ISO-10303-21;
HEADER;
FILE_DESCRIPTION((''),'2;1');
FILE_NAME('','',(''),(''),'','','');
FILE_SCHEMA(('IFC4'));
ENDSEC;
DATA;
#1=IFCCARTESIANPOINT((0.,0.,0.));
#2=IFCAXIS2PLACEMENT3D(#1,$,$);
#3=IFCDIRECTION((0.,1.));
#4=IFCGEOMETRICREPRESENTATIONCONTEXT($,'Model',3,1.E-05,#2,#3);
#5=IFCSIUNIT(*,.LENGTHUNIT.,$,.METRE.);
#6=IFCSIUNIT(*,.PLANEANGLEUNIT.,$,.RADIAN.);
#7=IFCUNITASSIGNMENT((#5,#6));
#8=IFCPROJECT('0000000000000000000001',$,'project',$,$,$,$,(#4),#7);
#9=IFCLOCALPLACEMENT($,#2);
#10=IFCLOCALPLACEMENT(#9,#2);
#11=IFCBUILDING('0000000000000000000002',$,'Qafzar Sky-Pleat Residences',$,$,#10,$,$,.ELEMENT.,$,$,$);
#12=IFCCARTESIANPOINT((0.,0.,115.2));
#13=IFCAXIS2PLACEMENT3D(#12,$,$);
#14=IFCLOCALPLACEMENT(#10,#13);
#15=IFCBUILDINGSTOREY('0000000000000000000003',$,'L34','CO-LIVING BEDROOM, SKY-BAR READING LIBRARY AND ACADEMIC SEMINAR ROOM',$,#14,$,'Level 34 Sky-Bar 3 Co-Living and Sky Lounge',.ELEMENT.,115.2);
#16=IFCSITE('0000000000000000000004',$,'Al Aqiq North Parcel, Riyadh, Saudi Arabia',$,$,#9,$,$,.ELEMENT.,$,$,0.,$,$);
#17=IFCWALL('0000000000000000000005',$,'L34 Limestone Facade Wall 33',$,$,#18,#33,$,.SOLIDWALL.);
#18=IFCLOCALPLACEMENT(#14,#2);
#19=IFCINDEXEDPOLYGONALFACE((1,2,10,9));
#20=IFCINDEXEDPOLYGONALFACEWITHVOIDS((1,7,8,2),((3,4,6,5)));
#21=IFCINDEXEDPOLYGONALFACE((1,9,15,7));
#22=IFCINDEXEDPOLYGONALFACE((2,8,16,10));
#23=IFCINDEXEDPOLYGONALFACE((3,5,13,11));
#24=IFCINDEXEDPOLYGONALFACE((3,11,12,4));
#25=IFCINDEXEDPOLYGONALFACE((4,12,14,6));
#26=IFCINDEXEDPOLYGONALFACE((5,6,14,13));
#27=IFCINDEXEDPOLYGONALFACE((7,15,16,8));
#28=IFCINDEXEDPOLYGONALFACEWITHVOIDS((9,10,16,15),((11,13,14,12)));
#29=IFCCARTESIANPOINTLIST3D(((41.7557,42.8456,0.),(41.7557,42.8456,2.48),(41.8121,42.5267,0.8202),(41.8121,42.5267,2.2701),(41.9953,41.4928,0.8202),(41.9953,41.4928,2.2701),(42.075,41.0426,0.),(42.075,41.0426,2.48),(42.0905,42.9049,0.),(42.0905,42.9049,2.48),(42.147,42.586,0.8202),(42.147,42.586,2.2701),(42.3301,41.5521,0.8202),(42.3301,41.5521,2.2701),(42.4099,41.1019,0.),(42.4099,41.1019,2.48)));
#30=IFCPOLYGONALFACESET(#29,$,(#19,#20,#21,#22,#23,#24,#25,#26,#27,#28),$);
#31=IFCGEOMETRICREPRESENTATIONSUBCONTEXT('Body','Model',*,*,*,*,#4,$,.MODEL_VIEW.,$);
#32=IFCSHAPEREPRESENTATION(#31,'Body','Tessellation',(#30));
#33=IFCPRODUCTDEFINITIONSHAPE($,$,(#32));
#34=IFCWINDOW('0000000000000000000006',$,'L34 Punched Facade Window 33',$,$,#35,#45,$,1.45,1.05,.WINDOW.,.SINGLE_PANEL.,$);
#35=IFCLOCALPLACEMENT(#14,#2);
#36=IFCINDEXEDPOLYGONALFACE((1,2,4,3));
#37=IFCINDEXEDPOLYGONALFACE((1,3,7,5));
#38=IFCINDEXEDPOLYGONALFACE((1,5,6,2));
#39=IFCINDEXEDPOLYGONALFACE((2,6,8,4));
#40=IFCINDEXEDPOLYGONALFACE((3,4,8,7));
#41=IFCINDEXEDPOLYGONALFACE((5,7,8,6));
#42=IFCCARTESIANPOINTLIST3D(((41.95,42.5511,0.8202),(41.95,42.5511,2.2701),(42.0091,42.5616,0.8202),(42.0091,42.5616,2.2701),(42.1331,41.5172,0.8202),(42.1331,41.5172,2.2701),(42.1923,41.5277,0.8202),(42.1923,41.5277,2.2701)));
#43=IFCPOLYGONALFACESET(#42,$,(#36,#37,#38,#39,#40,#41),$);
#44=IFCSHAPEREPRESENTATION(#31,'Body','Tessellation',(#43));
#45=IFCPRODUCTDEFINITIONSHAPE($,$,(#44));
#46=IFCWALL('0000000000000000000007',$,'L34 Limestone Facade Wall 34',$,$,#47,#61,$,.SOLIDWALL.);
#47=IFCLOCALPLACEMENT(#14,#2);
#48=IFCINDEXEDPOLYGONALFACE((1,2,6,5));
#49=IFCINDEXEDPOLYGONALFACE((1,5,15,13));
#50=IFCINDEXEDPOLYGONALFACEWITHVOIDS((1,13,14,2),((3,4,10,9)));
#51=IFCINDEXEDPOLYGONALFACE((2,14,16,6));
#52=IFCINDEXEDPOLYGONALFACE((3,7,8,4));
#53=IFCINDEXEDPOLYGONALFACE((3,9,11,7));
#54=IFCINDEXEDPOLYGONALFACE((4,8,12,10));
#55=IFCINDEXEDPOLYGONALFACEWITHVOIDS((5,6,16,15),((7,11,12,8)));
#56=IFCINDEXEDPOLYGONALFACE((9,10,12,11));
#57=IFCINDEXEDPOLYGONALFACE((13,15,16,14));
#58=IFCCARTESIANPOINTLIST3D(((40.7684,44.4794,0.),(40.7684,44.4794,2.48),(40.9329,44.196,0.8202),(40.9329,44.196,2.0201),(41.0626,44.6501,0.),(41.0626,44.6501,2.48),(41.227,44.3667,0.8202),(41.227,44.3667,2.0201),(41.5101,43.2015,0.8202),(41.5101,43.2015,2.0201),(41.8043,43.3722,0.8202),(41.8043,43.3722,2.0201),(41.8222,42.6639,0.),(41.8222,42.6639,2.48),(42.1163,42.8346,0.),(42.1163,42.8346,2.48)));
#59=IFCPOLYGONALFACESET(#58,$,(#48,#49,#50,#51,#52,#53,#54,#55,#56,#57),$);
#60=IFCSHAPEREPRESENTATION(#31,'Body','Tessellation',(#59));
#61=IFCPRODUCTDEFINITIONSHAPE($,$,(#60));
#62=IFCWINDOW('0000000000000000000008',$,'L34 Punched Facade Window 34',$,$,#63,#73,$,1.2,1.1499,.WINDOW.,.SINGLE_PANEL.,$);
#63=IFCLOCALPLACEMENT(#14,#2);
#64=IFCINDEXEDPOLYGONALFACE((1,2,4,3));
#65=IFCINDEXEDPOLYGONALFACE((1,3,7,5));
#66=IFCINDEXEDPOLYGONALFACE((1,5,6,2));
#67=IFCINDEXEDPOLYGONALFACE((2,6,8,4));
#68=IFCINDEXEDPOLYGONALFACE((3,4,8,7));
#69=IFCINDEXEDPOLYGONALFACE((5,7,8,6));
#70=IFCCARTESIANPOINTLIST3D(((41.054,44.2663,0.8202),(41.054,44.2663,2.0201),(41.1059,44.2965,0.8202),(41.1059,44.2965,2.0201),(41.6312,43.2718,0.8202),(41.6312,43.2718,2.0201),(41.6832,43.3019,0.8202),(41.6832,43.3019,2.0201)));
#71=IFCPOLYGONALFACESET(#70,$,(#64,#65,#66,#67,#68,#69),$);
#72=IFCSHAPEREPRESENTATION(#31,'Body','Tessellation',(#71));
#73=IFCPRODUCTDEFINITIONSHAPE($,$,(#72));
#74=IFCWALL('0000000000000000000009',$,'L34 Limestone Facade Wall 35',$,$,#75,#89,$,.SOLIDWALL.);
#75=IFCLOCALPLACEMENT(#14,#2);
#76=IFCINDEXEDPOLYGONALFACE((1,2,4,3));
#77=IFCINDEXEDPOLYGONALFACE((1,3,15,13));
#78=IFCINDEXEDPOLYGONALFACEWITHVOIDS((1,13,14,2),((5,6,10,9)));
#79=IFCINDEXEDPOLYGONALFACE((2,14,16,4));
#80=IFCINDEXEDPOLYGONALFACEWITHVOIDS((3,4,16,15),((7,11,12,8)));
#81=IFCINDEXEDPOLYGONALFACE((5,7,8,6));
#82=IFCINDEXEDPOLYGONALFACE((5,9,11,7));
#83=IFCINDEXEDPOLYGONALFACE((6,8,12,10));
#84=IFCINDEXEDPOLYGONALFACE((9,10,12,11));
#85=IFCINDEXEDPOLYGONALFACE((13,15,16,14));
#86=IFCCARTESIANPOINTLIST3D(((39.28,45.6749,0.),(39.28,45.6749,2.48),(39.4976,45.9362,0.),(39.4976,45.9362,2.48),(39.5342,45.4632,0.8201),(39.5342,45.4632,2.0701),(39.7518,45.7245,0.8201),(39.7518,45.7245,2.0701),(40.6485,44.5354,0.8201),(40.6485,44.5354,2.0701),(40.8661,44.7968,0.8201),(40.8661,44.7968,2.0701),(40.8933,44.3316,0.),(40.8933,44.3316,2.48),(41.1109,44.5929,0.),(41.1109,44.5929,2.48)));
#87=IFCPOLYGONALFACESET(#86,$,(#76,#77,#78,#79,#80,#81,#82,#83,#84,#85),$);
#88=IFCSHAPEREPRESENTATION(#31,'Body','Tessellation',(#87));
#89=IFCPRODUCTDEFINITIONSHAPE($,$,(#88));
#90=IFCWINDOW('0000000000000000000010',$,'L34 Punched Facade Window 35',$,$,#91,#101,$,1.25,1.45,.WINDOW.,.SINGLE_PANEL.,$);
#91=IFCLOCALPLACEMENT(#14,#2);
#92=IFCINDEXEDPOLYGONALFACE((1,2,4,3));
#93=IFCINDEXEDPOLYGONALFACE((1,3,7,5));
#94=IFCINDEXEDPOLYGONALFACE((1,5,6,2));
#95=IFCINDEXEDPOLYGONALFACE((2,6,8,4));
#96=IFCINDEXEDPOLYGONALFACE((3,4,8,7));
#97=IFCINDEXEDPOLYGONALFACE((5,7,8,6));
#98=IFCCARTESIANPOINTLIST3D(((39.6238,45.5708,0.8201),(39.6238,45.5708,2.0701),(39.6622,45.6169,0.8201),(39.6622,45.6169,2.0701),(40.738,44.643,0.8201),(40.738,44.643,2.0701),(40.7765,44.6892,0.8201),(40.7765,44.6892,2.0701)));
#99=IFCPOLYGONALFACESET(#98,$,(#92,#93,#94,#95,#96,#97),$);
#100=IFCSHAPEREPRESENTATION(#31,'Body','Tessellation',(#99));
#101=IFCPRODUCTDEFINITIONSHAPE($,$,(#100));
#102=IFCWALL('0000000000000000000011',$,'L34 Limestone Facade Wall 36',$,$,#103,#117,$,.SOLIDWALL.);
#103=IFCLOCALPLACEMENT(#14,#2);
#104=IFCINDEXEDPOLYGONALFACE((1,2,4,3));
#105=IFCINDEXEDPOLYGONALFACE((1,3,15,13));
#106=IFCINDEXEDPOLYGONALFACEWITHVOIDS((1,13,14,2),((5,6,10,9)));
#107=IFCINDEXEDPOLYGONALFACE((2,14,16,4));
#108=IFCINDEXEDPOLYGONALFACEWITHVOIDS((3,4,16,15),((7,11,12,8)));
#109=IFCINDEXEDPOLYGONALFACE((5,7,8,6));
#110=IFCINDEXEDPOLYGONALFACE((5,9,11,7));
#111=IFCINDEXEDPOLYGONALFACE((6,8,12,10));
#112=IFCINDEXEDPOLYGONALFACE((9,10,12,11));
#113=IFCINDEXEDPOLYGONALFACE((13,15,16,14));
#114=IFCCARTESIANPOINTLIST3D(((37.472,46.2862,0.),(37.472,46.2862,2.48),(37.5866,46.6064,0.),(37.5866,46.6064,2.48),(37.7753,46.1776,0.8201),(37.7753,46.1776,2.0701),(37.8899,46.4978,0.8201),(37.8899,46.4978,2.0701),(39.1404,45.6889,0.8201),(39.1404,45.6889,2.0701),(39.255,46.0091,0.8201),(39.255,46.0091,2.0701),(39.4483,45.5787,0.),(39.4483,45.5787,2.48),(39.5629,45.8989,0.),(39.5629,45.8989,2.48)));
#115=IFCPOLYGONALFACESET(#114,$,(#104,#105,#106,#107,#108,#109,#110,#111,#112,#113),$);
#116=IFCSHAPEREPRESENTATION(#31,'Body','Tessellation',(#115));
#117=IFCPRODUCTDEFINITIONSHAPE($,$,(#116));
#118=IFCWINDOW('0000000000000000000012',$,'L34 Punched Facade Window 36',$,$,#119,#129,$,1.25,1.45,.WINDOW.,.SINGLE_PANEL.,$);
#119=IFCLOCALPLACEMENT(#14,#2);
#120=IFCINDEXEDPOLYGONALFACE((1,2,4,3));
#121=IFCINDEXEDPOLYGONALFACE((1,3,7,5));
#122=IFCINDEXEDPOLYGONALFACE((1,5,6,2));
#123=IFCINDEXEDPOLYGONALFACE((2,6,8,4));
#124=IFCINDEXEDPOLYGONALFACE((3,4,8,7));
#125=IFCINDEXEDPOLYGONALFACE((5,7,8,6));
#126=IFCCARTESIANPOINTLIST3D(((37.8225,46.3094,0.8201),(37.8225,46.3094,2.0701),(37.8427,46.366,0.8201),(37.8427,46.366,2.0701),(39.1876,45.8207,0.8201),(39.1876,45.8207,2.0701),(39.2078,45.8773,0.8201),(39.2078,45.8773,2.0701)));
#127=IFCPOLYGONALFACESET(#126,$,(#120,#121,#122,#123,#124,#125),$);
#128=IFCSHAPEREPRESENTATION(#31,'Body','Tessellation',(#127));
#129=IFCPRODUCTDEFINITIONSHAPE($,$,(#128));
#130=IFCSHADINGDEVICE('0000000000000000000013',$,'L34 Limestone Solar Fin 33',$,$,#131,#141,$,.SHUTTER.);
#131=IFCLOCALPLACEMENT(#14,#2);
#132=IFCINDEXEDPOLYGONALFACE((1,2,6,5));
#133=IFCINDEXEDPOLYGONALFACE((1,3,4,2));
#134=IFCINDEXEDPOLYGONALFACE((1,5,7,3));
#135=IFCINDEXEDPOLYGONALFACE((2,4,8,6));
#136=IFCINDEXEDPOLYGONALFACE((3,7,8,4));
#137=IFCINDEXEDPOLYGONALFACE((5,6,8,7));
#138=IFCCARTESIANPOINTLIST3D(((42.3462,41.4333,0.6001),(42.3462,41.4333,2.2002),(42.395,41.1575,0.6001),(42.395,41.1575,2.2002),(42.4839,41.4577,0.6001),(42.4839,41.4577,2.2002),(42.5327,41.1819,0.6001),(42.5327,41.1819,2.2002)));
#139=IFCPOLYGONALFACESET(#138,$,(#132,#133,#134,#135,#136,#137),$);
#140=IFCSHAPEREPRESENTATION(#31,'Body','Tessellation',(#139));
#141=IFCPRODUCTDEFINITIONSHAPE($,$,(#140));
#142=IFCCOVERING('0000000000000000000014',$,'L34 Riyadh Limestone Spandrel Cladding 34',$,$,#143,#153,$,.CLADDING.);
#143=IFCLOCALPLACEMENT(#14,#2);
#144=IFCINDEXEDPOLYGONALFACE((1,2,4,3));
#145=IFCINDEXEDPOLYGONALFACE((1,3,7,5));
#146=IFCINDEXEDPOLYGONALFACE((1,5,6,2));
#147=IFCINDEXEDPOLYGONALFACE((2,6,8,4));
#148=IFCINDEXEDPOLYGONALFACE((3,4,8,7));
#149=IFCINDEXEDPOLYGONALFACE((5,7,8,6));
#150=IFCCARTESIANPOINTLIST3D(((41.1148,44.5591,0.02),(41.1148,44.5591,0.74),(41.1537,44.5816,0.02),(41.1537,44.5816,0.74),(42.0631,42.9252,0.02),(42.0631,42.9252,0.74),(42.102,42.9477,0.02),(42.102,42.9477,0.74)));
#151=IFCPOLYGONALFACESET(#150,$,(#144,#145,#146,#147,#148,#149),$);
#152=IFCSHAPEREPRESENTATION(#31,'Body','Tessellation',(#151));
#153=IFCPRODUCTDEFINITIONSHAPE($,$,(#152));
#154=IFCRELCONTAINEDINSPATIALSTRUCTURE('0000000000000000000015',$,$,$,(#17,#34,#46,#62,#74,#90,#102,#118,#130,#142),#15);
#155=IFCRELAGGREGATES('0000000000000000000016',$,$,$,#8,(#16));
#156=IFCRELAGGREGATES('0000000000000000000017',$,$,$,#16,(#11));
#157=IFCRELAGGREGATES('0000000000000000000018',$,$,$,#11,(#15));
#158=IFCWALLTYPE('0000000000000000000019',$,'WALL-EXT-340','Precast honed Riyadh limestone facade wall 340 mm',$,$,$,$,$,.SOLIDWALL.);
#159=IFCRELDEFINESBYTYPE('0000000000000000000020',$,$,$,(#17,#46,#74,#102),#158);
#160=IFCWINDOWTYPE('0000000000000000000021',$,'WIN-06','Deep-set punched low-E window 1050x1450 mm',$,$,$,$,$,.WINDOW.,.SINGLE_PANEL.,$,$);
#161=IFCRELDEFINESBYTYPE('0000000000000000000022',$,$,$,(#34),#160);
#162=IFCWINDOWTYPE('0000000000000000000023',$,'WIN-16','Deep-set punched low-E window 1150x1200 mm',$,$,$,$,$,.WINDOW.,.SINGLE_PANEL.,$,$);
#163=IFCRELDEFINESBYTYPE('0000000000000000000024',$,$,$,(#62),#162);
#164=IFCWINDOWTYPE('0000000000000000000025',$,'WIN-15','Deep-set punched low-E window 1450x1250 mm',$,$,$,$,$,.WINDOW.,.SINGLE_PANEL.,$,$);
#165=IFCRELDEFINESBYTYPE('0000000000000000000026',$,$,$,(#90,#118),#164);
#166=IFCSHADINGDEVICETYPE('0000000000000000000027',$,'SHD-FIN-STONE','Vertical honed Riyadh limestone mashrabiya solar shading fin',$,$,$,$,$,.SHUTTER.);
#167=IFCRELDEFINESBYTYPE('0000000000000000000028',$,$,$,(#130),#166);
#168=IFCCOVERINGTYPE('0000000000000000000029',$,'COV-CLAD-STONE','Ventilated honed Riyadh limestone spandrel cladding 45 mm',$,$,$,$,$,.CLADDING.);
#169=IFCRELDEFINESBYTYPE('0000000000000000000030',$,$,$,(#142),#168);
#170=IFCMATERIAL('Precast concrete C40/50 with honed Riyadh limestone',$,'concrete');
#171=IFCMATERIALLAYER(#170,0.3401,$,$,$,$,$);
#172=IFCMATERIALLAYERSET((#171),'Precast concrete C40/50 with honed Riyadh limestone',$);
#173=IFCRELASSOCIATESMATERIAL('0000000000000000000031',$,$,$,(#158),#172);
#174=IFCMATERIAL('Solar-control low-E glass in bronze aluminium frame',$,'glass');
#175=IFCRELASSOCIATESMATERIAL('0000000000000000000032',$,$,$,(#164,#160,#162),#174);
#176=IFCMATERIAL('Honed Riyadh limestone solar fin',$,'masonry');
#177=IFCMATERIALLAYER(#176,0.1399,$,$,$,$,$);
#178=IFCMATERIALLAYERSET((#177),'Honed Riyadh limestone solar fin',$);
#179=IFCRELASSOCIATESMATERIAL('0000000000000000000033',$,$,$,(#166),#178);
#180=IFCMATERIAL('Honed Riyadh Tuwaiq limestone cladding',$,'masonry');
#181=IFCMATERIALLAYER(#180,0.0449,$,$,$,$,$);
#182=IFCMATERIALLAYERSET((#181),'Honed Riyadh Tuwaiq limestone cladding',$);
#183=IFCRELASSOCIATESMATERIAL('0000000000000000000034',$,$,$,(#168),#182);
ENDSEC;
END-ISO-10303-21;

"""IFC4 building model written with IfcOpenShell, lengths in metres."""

from ifc_helpers import new_model, si_unit, direction, frame, frame_2d, origin, origin_2d, place, context, subcontext, project, spatial, rectangle, extrude, source, transform, mapped, material, layer, layer_set, type_object, element, fill, save


model = new_model("IFC4")

# Units and contexts
model_context = context("Model", 3, precision=1e-05, world=origin(), true_north=direction((0.0, 1.0)))
body_context = subcontext(model_context, "Body", "Model", "MODEL_VIEW")
ifc_project = project(units=[si_unit("LENGTHUNIT", "METRE"), si_unit("PLANEANGLEUNIT", "RADIAN")], contexts=[model_context])

# Site, building, storey
site_placement = place(None, origin())
site = spatial("IfcSite", under=ifc_project, at=site_placement, Name="Al Aqiq North Parcel, Riyadh, Saudi Arabia", CompositionType="ELEMENT", RefElevation=0.0)
building_placement = place(site_placement, origin())
building = spatial("IfcBuilding", under=site, at=building_placement, Name="Qafzar Sky-Pleat Residences", CompositionType="ELEMENT")
storey_placement = place(building_placement, frame((0.0, 0.0, 115.2)))
storey = spatial("IfcBuildingStorey", under=building, at=storey_placement, Name="L34", Description="CO-LIVING BEDROOM, SKY-BAR READING LIBRARY AND ACADEMIC SEMINAR ROOM", LongName="Level 34 Sky-Bar 3 Co-Living and Sky Lounge", CompositionType="ELEMENT", Elevation=115.2)

# Walls, openings, windows
ifc_material_1 = material(Name="Precast concrete C40/50 with honed Riyadh limestone", Category="concrete")
ifc_layer_1 = layer(ifc_material_1, 0.3401)
ifc_layer_set_1 = layer_set([ifc_layer_1], Name="Precast concrete C40/50 with honed Riyadh limestone")
wall_type_1 = type_object("IfcWallType", Name="WALL-EXT-340", Description="Precast honed Riyadh limestone facade wall 340 mm", PredefinedType="SOLIDWALL", material=ifc_layer_set_1)
ifc_material_2 = material(Name="Solar-control low-E glass in bronze aluminium frame", Category="glass")
window_type_1 = type_object("IfcWindowType", Name="WIN-15", Description="Deep-set punched low-E window 1450x1250 mm", PartitioningType="SINGLE_PANEL", PredefinedType="WINDOW", material=ifc_material_2)
shared_shape_1 = source(origin(), body_context, "Body", "SweptSolid", [
    extrude(rectangle(XDim=1.45, YDim=1.25, at=frame_2d((0.7251, 0.625))), frame((0.0, 0.03, 0.0), z_axis=(0.0, -1.0, 0.0), x_axis=(1.0, 0.0, 0.0)), (0.0, 0.0, 1.0), 0.0601),
])
wall_1_placement = place(storey_placement, frame((42.2424, 41.0723, 0.0), z_axis=(0.0, 0.0, 1.0), x_axis=(-0.174401, 0.984675, 0.0)))
wall_1 = element("IfcWall", 1, at=wall_1_placement, inside=storey, type_object=wall_type_1, Name="L34 Limestone Facade Wall 33", PredefinedType="SOLIDWALL", context=body_context, shape_type="SweptSolid", body=[
    extrude(rectangle(XDim=1.8311, YDim=0.3401, at=frame_2d((0.9155, 0.0))), origin(), (0.0, 0.0, 1.0), 2.48),
])
opening_1_placement = place(wall_1_placement, frame((0.4573, 0.0, 0.8201)))
opening_1 = element("IfcOpeningElement", 2, at=opening_1_placement, cuts=wall_1, PredefinedType="OPENING", context=body_context, shape_type="SweptSolid", body=[
    extrude(rectangle(XDim=1.05, YDim=1.45, at=frame_2d((0.5249, 0.7251))), frame((0.0, 0.1802, 0.0), z_axis=(0.0, -1.0, 0.0), x_axis=(1.0, 0.0, 0.0)), (0.0, 0.0, 1.0), 0.3601),
])
window_type_2 = type_object("IfcWindowType", Name="WIN-06", Description="Deep-set punched low-E window 1050x1450 mm", PartitioningType="SINGLE_PANEL", PredefinedType="WINDOW", material=ifc_material_2)
shared_shape_2 = source(origin(), body_context, "Body", "SweptSolid", [
    extrude(rectangle(XDim=1.05, YDim=1.45, at=frame_2d((0.5249, 0.7251))), frame((0.0, 0.03, 0.0), z_axis=(0.0, -1.0, 0.0), x_axis=(1.0, 0.0, 0.0)), (0.0, 0.0, 1.0), 0.0601),
])
window_1_placement = place(opening_1_placement, origin())
window_1 = element("IfcWindow", 3, at=window_1_placement, inside=storey, type_object=window_type_2, Name="L34 Punched Facade Window 33", OverallHeight=1.45, OverallWidth=1.05, PartitioningType="SINGLE_PANEL", PredefinedType="WINDOW", context=body_context, shape_type="MappedRepresentation", body=[
    mapped(shared_shape_2, transform((0.0, 0.0, 0.0), x_axis=(1.0, 0.0, 0.0), y_axis=(0.0, 1.0, 0.0), z_axis=(0.0, 0.0, 1.0), scale=1.0)),
])
fill(opening_1, window_1)
wall_2_placement = place(storey_placement, frame((41.9692, 42.7493, 0.0), z_axis=(0.0, 0.0, 1.0), x_axis=(-0.50199, 0.864874, 0.0)))
wall_2 = element("IfcWall", 4, at=wall_2_placement, inside=storey, type_object=wall_type_1, Name="L34 Limestone Facade Wall 34", PredefinedType="SOLIDWALL", context=body_context, shape_type="SweptSolid", body=[
    extrude(rectangle(XDim=2.0991, YDim=0.3401, at=frame_2d((1.0496, 0.0))), origin(), (0.0, 0.0, 1.0), 2.48),
])
opening_2_placement = place(wall_2_placement, frame((0.6216, 0.0, 0.8201)))
opening_2 = element("IfcOpeningElement", 5, at=opening_2_placement, cuts=wall_2, PredefinedType="OPENING", context=body_context, shape_type="SweptSolid", body=[
    extrude(rectangle(XDim=1.1499, YDim=1.2, at=frame_2d((0.575, 0.6001))), frame((0.0, 0.1802, 0.0), z_axis=(0.0, -1.0, 0.0), x_axis=(1.0, 0.0, 0.0)), (0.0, 0.0, 1.0), 0.3601),
])
window_type_3 = type_object("IfcWindowType", Name="WIN-16", Description="Deep-set punched low-E window 1150x1200 mm", PartitioningType="SINGLE_PANEL", PredefinedType="WINDOW", material=ifc_material_2)
shared_shape_3 = source(origin(), body_context, "Body", "SweptSolid", [
    extrude(rectangle(XDim=1.1499, YDim=1.2, at=frame_2d((0.575, 0.6001))), frame((0.0, 0.03, 0.0), z_axis=(0.0, -1.0, 0.0), x_axis=(1.0, 0.0, 0.0)), (0.0, 0.0, 1.0), 0.0601),
])
window_2_placement = place(opening_2_placement, origin())
window_2 = element("IfcWindow", 6, at=window_2_placement, inside=storey, type_object=window_type_3, Name="L34 Punched Facade Window 34", OverallHeight=1.2, OverallWidth=1.1499, PartitioningType="SINGLE_PANEL", PredefinedType="WINDOW", context=body_context, shape_type="MappedRepresentation", body=[
    mapped(shared_shape_3, transform((0.0, 0.0, 0.0), x_axis=(1.0, 0.0, 0.0), y_axis=(0.0, 1.0, 0.0), z_axis=(0.0, 0.0, 1.0), scale=1.0)),
])
fill(opening_2, window_2)
wall_3_placement = place(storey_placement, frame((41.0022, 44.4622, 0.0), z_axis=(0.0, 0.0, 1.0), x_axis=(-0.768488, 0.639864, 0.0)))
wall_3 = element("IfcWall", 7, at=wall_3_placement, inside=storey, type_object=wall_type_1, Name="L34 Limestone Facade Wall 35", PredefinedType="SOLIDWALL", context=body_context, shape_type="SweptSolid", body=[
    extrude(rectangle(XDim=2.0994, YDim=0.3401, at=frame_2d((1.0498, 0.0))), origin(), (0.0, 0.0, 1.0), 2.48),
])
opening_3_placement = place(wall_3_placement, frame((0.3186, 0.0, 0.8201)))
opening_3 = element("IfcOpeningElement", 8, at=opening_3_placement, cuts=wall_3, PredefinedType="OPENING", context=body_context, shape_type="SweptSolid", body=[
    extrude(rectangle(XDim=1.45, YDim=1.25, at=frame_2d((0.7251, 0.625))), frame((0.0, 0.1802, 0.0), z_axis=(0.0, -1.0, 0.0), x_axis=(1.0, 0.0, 0.0)), (0.0, 0.0, 1.0), 0.3601),
])
window_3_placement = place(opening_3_placement, origin())
window_3 = element("IfcWindow", 9, at=window_3_placement, inside=storey, type_object=window_type_1, Name="L34 Punched Facade Window 35", OverallHeight=1.25, OverallWidth=1.45, PartitioningType="SINGLE_PANEL", PredefinedType="WINDOW", context=body_context, shape_type="MappedRepresentation", body=[
    mapped(shared_shape_1, transform((0.0, 0.0, 0.0), x_axis=(1.0, 0.0, 0.0), y_axis=(0.0, 1.0, 0.0), z_axis=(0.0, 0.0, 1.0), scale=1.0)),
])
fill(opening_3, window_3)
wall_4_placement = place(storey_placement, frame((39.5056, 45.7388, 0.0), z_axis=(0.0, 0.0, 1.0), x_axis=(-0.941486, 0.337051, 0.0)))
wall_4 = element("IfcWall", 10, at=wall_4_placement, inside=storey, type_object=wall_type_1, Name="L34 Limestone Facade Wall 36", PredefinedType="SOLIDWALL", context=body_context, shape_type="SweptSolid", body=[
    extrude(rectangle(XDim=2.0991, YDim=0.3401, at=frame_2d((1.0496, 0.0))), origin(), (0.0, 0.0, 1.0), 2.48),
])
opening_4_placement = place(wall_4_placement, frame((0.3269, 0.0, 0.8201)))
opening_4 = element("IfcOpeningElement", 11, at=opening_4_placement, cuts=wall_4, PredefinedType="OPENING", context=body_context, shape_type="SweptSolid", body=[
    extrude(rectangle(XDim=1.45, YDim=1.25, at=frame_2d((0.7251, 0.625))), frame((0.0, 0.1802, 0.0), z_axis=(0.0, -1.0, 0.0), x_axis=(1.0, 0.0, 0.0)), (0.0, 0.0, 1.0), 0.3601),
])
window_4_placement = place(opening_4_placement, origin())
window_4 = element("IfcWindow", 12, at=window_4_placement, inside=storey, type_object=window_type_1, Name="L34 Punched Facade Window 36", OverallHeight=1.25, OverallWidth=1.45, PartitioningType="SINGLE_PANEL", PredefinedType="WINDOW", context=body_context, shape_type="MappedRepresentation", body=[
    mapped(shared_shape_1, transform((0.0, 0.0, 0.0), x_axis=(1.0, 0.0, 0.0), y_axis=(0.0, 1.0, 0.0), z_axis=(0.0, 0.0, 1.0), scale=1.0)),
])
fill(opening_4, window_4)

# Shading device
ifc_material_3 = material(Name="Honed Riyadh limestone solar fin", Category="masonry")
ifc_layer_2 = layer(ifc_material_3, 0.1399)
ifc_layer_set_2 = layer_set([ifc_layer_2], Name="Honed Riyadh limestone solar fin")
shading_device_type = type_object("IfcShadingDeviceType", Name="SHD-FIN-STONE", Description="Vertical honed Riyadh limestone mashrabiya solar shading fin", PredefinedType="SHUTTER", material=ifc_layer_set_2)
shared_shape_4 = source(origin(), body_context, "Body", "SweptSolid", [
    extrude(rectangle(XDim=0.1399, YDim=0.28, at=origin_2d()), origin(), (0.0, 0.0, 1.0), 1.6001),
])
shading_device_placement = place(storey_placement, frame((42.4395, 41.3076, 0.6001), z_axis=(0.0, 0.0, 1.0), x_axis=(0.984676, 0.174394, 0.0)))
element("IfcShadingDevice", 13, at=shading_device_placement, inside=storey, type_object=shading_device_type, Name="L34 Limestone Solar Fin 33", PredefinedType="SHUTTER", context=body_context, shape_type="MappedRepresentation", body=[
    mapped(shared_shape_4, transform((0.0, 0.0, 0.0), x_axis=(1.0, 0.0, 0.0), y_axis=(0.0, 1.0, 0.0), z_axis=(0.0, 0.0, 1.0), scale=1.0)),
])

# Covering
ifc_material_4 = material(Name="Honed Riyadh Tuwaiq limestone cladding", Category="masonry")
ifc_layer_3 = layer(ifc_material_4, 0.0449)
ifc_layer_set_3 = layer_set([ifc_layer_3], Name="Honed Riyadh Tuwaiq limestone cladding")
covering_type = type_object("IfcCoveringType", Name="COV-CLAD-STONE", Description="Ventilated honed Riyadh limestone spandrel cladding 45 mm", PredefinedType="CLADDING", material=ifc_layer_set_3)
shared_shape_5 = source(origin(), body_context, "Body", "SweptSolid", [
    extrude(rectangle(XDim=1.8892, YDim=0.0449, at=origin_2d()), origin(), (0.0, 0.0, 1.0), 0.72),
])
covering_1_placement = place(storey_placement, frame((41.6084, 43.7534, 0.02), z_axis=(0.0, 0.0, 1.0), x_axis=(-0.501977, 0.864881, 0.0)))
element("IfcCovering", 14, at=covering_1_placement, inside=storey, type_object=covering_type, Name="L34 Riyadh Limestone Spandrel Cladding 34", PredefinedType="CLADDING", context=body_context, shape_type="MappedRepresentation", body=[
    mapped(shared_shape_5, transform((0.0, 0.0, 0.0), x_axis=(1.0, 0.0, 0.0), y_axis=(0.0, 1.0, 0.0), z_axis=(0.0, 0.0, 1.0), scale=1.0)),
])

save(model, "model.ifc")
